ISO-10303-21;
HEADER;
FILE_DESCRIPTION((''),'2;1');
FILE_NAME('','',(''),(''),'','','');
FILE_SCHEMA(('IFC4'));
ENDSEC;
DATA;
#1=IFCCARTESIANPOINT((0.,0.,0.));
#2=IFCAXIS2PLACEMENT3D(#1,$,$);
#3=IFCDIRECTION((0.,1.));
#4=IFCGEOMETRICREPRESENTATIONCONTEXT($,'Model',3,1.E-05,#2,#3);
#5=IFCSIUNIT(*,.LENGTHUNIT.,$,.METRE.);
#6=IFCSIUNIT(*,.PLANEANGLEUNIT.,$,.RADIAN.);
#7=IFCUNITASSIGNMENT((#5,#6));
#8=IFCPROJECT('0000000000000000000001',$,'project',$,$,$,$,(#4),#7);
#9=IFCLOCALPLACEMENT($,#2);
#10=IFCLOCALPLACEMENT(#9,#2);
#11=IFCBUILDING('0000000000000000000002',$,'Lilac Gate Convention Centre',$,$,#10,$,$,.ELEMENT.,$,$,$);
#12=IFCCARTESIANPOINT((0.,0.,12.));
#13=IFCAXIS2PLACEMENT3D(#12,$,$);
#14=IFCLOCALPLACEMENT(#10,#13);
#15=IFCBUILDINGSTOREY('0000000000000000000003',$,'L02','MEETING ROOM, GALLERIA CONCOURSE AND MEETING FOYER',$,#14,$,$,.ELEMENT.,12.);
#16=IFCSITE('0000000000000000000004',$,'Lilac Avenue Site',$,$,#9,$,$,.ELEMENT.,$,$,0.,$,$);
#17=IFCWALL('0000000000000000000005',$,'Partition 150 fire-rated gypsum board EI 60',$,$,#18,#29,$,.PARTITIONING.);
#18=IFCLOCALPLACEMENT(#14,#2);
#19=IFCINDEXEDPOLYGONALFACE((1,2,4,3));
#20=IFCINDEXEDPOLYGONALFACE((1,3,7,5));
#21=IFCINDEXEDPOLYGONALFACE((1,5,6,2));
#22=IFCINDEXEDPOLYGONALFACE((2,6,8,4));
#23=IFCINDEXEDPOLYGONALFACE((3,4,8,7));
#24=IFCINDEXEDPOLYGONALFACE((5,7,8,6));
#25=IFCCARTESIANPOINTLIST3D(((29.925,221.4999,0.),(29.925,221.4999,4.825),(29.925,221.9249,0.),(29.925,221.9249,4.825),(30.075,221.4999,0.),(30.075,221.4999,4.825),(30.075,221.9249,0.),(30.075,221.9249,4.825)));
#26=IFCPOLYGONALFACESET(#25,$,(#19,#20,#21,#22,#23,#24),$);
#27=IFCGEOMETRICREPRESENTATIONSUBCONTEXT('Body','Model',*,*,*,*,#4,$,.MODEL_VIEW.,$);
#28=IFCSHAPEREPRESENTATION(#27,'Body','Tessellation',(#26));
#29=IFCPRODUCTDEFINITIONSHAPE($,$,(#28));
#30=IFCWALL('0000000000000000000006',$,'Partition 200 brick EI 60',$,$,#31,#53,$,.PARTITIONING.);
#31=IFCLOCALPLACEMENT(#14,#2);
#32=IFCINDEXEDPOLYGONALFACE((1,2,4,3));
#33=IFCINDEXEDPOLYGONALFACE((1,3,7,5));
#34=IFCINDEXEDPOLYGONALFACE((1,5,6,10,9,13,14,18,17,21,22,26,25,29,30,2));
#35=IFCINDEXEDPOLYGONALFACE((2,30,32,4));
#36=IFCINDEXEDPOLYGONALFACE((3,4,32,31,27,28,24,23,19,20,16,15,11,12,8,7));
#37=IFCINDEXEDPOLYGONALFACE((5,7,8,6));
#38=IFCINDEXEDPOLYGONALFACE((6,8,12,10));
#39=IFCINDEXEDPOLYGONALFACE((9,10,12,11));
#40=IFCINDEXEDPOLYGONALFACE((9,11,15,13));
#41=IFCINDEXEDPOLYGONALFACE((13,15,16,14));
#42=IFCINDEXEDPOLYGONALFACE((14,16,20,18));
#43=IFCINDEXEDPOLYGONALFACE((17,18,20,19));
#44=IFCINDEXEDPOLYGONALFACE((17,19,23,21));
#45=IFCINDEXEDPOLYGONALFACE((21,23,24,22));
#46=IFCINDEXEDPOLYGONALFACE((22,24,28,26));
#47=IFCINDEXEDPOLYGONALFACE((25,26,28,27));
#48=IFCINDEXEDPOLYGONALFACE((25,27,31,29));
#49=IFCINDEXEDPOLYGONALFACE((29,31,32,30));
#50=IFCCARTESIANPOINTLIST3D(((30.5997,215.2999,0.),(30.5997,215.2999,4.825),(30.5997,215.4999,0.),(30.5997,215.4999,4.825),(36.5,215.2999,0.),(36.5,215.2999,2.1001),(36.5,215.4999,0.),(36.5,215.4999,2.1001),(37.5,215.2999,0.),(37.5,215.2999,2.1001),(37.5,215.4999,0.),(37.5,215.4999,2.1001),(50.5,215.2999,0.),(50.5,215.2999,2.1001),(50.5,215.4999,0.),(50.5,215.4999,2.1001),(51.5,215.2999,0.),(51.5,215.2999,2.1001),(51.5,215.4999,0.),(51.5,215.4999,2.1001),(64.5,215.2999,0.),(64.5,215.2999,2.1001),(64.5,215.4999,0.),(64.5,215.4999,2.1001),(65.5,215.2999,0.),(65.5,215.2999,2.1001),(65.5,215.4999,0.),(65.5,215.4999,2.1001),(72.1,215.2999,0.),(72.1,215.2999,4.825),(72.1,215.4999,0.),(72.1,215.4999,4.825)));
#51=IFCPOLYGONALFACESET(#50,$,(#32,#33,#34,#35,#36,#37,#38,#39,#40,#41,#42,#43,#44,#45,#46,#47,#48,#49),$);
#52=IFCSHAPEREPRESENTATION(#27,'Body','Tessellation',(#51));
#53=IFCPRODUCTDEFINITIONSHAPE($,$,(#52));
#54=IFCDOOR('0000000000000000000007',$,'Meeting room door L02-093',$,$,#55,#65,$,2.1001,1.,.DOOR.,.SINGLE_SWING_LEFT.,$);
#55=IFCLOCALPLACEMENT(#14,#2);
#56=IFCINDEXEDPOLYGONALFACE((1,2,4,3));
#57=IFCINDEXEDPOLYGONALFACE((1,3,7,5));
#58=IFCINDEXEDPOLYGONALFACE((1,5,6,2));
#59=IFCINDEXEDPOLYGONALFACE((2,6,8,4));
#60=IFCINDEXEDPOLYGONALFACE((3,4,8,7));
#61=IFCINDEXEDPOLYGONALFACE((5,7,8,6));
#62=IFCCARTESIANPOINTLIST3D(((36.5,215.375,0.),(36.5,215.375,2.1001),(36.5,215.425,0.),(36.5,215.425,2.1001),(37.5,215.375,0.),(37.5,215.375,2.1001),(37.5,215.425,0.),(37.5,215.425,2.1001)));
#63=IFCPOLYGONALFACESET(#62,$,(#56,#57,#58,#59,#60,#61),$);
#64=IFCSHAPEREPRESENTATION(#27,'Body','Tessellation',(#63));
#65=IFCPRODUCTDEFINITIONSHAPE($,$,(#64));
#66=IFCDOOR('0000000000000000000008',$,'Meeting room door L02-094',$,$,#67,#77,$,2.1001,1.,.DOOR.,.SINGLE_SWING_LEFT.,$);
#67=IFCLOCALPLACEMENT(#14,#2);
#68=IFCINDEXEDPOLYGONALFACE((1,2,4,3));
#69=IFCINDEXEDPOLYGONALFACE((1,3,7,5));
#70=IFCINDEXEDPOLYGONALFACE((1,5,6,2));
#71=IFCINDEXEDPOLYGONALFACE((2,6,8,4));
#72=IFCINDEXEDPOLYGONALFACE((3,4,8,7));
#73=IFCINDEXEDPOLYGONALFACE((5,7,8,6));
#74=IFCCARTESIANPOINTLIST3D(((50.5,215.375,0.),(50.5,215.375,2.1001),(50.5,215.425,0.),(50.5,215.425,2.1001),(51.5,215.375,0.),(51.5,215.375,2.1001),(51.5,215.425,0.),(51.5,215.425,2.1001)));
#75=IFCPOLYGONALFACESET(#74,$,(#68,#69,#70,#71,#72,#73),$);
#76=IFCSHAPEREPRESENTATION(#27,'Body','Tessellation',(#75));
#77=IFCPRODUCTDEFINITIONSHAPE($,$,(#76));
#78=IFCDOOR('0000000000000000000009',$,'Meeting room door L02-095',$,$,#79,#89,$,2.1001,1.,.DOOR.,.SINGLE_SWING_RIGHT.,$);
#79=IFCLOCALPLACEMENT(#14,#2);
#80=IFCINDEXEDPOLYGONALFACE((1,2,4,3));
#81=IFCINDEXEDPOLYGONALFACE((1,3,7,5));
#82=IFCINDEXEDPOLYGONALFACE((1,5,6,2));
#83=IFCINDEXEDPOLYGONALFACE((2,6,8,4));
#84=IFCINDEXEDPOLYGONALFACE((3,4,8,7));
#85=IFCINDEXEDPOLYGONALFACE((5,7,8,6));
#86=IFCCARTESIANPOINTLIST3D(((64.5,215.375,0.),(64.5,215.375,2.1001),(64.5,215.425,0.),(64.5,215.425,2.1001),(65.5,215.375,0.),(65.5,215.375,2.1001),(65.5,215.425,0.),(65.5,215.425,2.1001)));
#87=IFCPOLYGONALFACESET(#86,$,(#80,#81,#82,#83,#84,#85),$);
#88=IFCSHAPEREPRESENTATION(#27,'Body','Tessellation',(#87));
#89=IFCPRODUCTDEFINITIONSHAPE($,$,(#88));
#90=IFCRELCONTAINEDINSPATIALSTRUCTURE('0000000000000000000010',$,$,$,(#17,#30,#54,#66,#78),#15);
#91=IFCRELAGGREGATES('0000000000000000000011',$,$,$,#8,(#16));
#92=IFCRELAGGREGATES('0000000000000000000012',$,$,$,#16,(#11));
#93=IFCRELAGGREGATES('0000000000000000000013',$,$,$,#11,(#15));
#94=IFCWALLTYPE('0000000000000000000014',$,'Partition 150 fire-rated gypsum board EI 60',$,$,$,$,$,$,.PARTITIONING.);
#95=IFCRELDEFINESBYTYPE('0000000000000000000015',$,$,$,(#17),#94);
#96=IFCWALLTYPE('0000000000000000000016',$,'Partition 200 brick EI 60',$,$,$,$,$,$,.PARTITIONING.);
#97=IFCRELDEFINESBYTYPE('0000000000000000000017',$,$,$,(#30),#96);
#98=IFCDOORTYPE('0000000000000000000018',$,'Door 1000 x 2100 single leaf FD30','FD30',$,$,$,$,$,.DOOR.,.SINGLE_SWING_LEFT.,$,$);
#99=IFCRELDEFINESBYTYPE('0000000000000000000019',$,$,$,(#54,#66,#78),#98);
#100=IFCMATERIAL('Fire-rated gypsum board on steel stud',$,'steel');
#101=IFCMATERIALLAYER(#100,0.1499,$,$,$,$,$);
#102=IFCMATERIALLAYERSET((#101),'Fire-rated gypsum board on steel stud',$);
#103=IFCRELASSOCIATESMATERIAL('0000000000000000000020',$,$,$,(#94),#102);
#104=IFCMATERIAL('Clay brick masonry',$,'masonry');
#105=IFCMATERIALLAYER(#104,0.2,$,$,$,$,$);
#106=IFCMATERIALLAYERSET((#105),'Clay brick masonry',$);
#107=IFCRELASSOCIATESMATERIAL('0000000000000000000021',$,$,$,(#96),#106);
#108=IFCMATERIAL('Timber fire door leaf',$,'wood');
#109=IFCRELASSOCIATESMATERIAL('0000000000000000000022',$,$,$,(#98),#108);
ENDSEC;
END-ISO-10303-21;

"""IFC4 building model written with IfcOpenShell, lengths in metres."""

from ifc_helpers import new_model, si_unit, direction, frame, frame_2d, origin, place, context, subcontext, project, spatial, rectangle, extrude, material, layer, layer_set, type_object, element, fill, save


model = new_model("IFC4")

# Units and contexts
model_context = context("Model", 3, precision=1e-05, world=origin(), true_north=direction((0.0, 1.0)))
body_context = subcontext(model_context, "Body", "Model", "MODEL_VIEW")
ifc_project = project(units=[si_unit("LENGTHUNIT", "METRE"), si_unit("PLANEANGLEUNIT", "RADIAN")], contexts=[model_context])

# Site, building, storey
site_placement = place(None, origin())
site = spatial("IfcSite", under=ifc_project, at=site_placement, Name="Lilac Avenue Site", CompositionType="ELEMENT", RefElevation=0.0)
building_placement = place(site_placement, origin())
building = spatial("IfcBuilding", under=site, at=building_placement, Name="Lilac Gate Convention Centre", CompositionType="ELEMENT")
storey_placement = place(building_placement, frame((0.0, 0.0, 12.0)))
storey = spatial("IfcBuildingStorey", under=building, at=storey_placement, Name="L02", Description="MEETING ROOM, GALLERIA CONCOURSE AND MEETING FOYER", CompositionType="ELEMENT", Elevation=12.0)

# Wall
ifc_material_1 = material(Name="Fire-rated gypsum board on steel stud", Category="steel")
ifc_layer_1 = layer(ifc_material_1, 0.1499)
ifc_layer_set_1 = layer_set([ifc_layer_1], Name="Fire-rated gypsum board on steel stud")
wall_type_1 = type_object("IfcWallType", Name="Partition 150 fire-rated gypsum board EI 60", PredefinedType="PARTITIONING", material=ifc_layer_set_1)
wall_1_placement = place(storey_placement, frame((30.0, 221.5, 0.0), z_axis=(0.0, 0.0, 1.0), x_axis=(0.0, 1.0, 0.0)))
element("IfcWall", 1, at=wall_1_placement, inside=storey, type_object=wall_type_1, Name="Partition 150 fire-rated gypsum board EI 60", PredefinedType="PARTITIONING", context=body_context, shape_type="SweptSolid", body=[
    extrude(rectangle(XDim=0.425, YDim=0.1499, at=frame_2d((0.2124, 0.0))), origin(), (0.0, 0.0, 1.0), 4.825),
])

# Wall, openings, doors
ifc_material_2 = material(Name="Clay brick masonry", Category="masonry")
ifc_layer_2 = layer(ifc_material_2, 0.2)
ifc_layer_set_2 = layer_set([ifc_layer_2], Name="Clay brick masonry")
wall_type_2 = type_object("IfcWallType", Name="Partition 200 brick EI 60", PredefinedType="PARTITIONING", material=ifc_layer_set_2)
wall_2_placement = place(storey_placement, frame((30.5999, 215.3999, 0.0), z_axis=(0.0, 0.0, 1.0), x_axis=(1.0, 0.0, 0.0)))
wall_2 = element("IfcWall", 2, at=wall_2_placement, inside=storey, type_object=wall_type_2, Name="Partition 200 brick EI 60", PredefinedType="PARTITIONING", context=body_context, shape_type="SweptSolid", body=[
    extrude(rectangle(XDim=41.5002, YDim=0.2, at=frame_2d((20.75, 0.0))), origin(), (0.0, 0.0, 1.0), 4.825),
])
opening_1_placement = place(wall_2_placement, frame((5.9001, 0.0, 0.0)))
opening_1 = element("IfcOpeningElement", 3, at=opening_1_placement, cuts=wall_2, PredefinedType="OPENING", context=body_context, shape_type="SweptSolid", body=[
    extrude(rectangle(XDim=1.0, YDim=2.1001, at=frame_2d((0.5, 1.05))), frame((0.0, 0.1099, 0.0), z_axis=(0.0, -1.0, 0.0), x_axis=(1.0, 0.0, 0.0)), (0.0, 0.0, 1.0), 0.22),
])
opening_2_placement = place(wall_2_placement, frame((19.9001, 0.0, 0.0)))
opening_2 = element("IfcOpeningElement", 4, at=opening_2_placement, cuts=wall_2, PredefinedType="OPENING", context=body_context, shape_type="SweptSolid", body=[
    extrude(rectangle(XDim=1.0, YDim=2.1001, at=frame_2d((0.5, 1.05))), frame((0.0, 0.1099, 0.0), z_axis=(0.0, -1.0, 0.0), x_axis=(1.0, 0.0, 0.0)), (0.0, 0.0, 1.0), 0.22),
])
opening_3_placement = place(wall_2_placement, frame((33.9001, 0.0, 0.0)))
opening_3 = element("IfcOpeningElement", 5, at=opening_3_placement, cuts=wall_2, PredefinedType="OPENING", context=body_context, shape_type="SweptSolid", body=[
    extrude(rectangle(XDim=1.0, YDim=2.1001, at=frame_2d((0.5, 1.05))), frame((0.0, 0.1099, 0.0), z_axis=(0.0, -1.0, 0.0), x_axis=(1.0, 0.0, 0.0)), (0.0, 0.0, 1.0), 0.22),
])
ifc_material_3 = material(Name="Timber fire door leaf", Category="wood")
door_type_1 = type_object("IfcDoorType", Name="Door 1000 x 2100 single leaf FD30", Description="FD30", OperationType="SINGLE_SWING_LEFT", PredefinedType="DOOR", material=ifc_material_3)
door_1_placement = place(opening_1_placement, frame((1.0, 0.0, 0.0), z_axis=(0.0, 0.0, 1.0), x_axis=(-1.0, 0.0, 0.0)))
door_1 = element("IfcDoor", 6, at=door_1_placement, inside=storey, type_object=door_type_1, Name="Meeting room door L02-093", OperationType="SINGLE_SWING_LEFT", OverallHeight=2.1001, OverallWidth=1.0, PredefinedType="DOOR", context=body_context, shape_type="SweptSolid", body=[
    extrude(rectangle(XDim=1.0, YDim=2.1001, at=frame_2d((0.5, 1.05))), frame((0.0, 0.0249, 0.0), z_axis=(0.0, -1.0, 0.0), x_axis=(1.0, 0.0, 0.0)), (0.0, 0.0, 1.0), 0.05),
])
fill(opening_1, door_1)
door_2_placement = place(opening_2_placement, frame((1.0, 0.0, 0.0), z_axis=(0.0, 0.0, 1.0), x_axis=(-1.0, 0.0, 0.0)))
door_2 = element("IfcDoor", 7, at=door_2_placement, inside=storey, type_object=door_type_1, Name="Meeting room door L02-094", OperationType="SINGLE_SWING_LEFT", OverallHeight=2.1001, OverallWidth=1.0, PredefinedType="DOOR", context=body_context, shape_type="SweptSolid", body=[
    extrude(rectangle(XDim=1.0, YDim=2.1001, at=frame_2d((0.5, 1.05))), frame((0.0, 0.0249, 0.0), z_axis=(0.0, -1.0, 0.0), x_axis=(1.0, 0.0, 0.0)), (0.0, 0.0, 1.0), 0.05),
])
fill(opening_2, door_2)
door_3_placement = place(opening_3_placement, frame((1.0, 0.0, 0.0), z_axis=(0.0, 0.0, 1.0), x_axis=(-1.0, 0.0, 0.0)))
door_3 = element("IfcDoor", 8, at=door_3_placement, inside=storey, type_object=door_type_1, Name="Meeting room door L02-095", OperationType="SINGLE_SWING_RIGHT", OverallHeight=2.1001, OverallWidth=1.0, PredefinedType="DOOR", context=body_context, shape_type="SweptSolid", body=[
    extrude(rectangle(XDim=1.0, YDim=2.1001, at=frame_2d((0.5, 1.05))), frame((0.0, 0.0249, 0.0), z_axis=(0.0, -1.0, 0.0), x_axis=(1.0, 0.0, 0.0)), (0.0, 0.0, 1.0), 0.05),
])
fill(opening_3, door_3)

save(model, "model.ifc")
